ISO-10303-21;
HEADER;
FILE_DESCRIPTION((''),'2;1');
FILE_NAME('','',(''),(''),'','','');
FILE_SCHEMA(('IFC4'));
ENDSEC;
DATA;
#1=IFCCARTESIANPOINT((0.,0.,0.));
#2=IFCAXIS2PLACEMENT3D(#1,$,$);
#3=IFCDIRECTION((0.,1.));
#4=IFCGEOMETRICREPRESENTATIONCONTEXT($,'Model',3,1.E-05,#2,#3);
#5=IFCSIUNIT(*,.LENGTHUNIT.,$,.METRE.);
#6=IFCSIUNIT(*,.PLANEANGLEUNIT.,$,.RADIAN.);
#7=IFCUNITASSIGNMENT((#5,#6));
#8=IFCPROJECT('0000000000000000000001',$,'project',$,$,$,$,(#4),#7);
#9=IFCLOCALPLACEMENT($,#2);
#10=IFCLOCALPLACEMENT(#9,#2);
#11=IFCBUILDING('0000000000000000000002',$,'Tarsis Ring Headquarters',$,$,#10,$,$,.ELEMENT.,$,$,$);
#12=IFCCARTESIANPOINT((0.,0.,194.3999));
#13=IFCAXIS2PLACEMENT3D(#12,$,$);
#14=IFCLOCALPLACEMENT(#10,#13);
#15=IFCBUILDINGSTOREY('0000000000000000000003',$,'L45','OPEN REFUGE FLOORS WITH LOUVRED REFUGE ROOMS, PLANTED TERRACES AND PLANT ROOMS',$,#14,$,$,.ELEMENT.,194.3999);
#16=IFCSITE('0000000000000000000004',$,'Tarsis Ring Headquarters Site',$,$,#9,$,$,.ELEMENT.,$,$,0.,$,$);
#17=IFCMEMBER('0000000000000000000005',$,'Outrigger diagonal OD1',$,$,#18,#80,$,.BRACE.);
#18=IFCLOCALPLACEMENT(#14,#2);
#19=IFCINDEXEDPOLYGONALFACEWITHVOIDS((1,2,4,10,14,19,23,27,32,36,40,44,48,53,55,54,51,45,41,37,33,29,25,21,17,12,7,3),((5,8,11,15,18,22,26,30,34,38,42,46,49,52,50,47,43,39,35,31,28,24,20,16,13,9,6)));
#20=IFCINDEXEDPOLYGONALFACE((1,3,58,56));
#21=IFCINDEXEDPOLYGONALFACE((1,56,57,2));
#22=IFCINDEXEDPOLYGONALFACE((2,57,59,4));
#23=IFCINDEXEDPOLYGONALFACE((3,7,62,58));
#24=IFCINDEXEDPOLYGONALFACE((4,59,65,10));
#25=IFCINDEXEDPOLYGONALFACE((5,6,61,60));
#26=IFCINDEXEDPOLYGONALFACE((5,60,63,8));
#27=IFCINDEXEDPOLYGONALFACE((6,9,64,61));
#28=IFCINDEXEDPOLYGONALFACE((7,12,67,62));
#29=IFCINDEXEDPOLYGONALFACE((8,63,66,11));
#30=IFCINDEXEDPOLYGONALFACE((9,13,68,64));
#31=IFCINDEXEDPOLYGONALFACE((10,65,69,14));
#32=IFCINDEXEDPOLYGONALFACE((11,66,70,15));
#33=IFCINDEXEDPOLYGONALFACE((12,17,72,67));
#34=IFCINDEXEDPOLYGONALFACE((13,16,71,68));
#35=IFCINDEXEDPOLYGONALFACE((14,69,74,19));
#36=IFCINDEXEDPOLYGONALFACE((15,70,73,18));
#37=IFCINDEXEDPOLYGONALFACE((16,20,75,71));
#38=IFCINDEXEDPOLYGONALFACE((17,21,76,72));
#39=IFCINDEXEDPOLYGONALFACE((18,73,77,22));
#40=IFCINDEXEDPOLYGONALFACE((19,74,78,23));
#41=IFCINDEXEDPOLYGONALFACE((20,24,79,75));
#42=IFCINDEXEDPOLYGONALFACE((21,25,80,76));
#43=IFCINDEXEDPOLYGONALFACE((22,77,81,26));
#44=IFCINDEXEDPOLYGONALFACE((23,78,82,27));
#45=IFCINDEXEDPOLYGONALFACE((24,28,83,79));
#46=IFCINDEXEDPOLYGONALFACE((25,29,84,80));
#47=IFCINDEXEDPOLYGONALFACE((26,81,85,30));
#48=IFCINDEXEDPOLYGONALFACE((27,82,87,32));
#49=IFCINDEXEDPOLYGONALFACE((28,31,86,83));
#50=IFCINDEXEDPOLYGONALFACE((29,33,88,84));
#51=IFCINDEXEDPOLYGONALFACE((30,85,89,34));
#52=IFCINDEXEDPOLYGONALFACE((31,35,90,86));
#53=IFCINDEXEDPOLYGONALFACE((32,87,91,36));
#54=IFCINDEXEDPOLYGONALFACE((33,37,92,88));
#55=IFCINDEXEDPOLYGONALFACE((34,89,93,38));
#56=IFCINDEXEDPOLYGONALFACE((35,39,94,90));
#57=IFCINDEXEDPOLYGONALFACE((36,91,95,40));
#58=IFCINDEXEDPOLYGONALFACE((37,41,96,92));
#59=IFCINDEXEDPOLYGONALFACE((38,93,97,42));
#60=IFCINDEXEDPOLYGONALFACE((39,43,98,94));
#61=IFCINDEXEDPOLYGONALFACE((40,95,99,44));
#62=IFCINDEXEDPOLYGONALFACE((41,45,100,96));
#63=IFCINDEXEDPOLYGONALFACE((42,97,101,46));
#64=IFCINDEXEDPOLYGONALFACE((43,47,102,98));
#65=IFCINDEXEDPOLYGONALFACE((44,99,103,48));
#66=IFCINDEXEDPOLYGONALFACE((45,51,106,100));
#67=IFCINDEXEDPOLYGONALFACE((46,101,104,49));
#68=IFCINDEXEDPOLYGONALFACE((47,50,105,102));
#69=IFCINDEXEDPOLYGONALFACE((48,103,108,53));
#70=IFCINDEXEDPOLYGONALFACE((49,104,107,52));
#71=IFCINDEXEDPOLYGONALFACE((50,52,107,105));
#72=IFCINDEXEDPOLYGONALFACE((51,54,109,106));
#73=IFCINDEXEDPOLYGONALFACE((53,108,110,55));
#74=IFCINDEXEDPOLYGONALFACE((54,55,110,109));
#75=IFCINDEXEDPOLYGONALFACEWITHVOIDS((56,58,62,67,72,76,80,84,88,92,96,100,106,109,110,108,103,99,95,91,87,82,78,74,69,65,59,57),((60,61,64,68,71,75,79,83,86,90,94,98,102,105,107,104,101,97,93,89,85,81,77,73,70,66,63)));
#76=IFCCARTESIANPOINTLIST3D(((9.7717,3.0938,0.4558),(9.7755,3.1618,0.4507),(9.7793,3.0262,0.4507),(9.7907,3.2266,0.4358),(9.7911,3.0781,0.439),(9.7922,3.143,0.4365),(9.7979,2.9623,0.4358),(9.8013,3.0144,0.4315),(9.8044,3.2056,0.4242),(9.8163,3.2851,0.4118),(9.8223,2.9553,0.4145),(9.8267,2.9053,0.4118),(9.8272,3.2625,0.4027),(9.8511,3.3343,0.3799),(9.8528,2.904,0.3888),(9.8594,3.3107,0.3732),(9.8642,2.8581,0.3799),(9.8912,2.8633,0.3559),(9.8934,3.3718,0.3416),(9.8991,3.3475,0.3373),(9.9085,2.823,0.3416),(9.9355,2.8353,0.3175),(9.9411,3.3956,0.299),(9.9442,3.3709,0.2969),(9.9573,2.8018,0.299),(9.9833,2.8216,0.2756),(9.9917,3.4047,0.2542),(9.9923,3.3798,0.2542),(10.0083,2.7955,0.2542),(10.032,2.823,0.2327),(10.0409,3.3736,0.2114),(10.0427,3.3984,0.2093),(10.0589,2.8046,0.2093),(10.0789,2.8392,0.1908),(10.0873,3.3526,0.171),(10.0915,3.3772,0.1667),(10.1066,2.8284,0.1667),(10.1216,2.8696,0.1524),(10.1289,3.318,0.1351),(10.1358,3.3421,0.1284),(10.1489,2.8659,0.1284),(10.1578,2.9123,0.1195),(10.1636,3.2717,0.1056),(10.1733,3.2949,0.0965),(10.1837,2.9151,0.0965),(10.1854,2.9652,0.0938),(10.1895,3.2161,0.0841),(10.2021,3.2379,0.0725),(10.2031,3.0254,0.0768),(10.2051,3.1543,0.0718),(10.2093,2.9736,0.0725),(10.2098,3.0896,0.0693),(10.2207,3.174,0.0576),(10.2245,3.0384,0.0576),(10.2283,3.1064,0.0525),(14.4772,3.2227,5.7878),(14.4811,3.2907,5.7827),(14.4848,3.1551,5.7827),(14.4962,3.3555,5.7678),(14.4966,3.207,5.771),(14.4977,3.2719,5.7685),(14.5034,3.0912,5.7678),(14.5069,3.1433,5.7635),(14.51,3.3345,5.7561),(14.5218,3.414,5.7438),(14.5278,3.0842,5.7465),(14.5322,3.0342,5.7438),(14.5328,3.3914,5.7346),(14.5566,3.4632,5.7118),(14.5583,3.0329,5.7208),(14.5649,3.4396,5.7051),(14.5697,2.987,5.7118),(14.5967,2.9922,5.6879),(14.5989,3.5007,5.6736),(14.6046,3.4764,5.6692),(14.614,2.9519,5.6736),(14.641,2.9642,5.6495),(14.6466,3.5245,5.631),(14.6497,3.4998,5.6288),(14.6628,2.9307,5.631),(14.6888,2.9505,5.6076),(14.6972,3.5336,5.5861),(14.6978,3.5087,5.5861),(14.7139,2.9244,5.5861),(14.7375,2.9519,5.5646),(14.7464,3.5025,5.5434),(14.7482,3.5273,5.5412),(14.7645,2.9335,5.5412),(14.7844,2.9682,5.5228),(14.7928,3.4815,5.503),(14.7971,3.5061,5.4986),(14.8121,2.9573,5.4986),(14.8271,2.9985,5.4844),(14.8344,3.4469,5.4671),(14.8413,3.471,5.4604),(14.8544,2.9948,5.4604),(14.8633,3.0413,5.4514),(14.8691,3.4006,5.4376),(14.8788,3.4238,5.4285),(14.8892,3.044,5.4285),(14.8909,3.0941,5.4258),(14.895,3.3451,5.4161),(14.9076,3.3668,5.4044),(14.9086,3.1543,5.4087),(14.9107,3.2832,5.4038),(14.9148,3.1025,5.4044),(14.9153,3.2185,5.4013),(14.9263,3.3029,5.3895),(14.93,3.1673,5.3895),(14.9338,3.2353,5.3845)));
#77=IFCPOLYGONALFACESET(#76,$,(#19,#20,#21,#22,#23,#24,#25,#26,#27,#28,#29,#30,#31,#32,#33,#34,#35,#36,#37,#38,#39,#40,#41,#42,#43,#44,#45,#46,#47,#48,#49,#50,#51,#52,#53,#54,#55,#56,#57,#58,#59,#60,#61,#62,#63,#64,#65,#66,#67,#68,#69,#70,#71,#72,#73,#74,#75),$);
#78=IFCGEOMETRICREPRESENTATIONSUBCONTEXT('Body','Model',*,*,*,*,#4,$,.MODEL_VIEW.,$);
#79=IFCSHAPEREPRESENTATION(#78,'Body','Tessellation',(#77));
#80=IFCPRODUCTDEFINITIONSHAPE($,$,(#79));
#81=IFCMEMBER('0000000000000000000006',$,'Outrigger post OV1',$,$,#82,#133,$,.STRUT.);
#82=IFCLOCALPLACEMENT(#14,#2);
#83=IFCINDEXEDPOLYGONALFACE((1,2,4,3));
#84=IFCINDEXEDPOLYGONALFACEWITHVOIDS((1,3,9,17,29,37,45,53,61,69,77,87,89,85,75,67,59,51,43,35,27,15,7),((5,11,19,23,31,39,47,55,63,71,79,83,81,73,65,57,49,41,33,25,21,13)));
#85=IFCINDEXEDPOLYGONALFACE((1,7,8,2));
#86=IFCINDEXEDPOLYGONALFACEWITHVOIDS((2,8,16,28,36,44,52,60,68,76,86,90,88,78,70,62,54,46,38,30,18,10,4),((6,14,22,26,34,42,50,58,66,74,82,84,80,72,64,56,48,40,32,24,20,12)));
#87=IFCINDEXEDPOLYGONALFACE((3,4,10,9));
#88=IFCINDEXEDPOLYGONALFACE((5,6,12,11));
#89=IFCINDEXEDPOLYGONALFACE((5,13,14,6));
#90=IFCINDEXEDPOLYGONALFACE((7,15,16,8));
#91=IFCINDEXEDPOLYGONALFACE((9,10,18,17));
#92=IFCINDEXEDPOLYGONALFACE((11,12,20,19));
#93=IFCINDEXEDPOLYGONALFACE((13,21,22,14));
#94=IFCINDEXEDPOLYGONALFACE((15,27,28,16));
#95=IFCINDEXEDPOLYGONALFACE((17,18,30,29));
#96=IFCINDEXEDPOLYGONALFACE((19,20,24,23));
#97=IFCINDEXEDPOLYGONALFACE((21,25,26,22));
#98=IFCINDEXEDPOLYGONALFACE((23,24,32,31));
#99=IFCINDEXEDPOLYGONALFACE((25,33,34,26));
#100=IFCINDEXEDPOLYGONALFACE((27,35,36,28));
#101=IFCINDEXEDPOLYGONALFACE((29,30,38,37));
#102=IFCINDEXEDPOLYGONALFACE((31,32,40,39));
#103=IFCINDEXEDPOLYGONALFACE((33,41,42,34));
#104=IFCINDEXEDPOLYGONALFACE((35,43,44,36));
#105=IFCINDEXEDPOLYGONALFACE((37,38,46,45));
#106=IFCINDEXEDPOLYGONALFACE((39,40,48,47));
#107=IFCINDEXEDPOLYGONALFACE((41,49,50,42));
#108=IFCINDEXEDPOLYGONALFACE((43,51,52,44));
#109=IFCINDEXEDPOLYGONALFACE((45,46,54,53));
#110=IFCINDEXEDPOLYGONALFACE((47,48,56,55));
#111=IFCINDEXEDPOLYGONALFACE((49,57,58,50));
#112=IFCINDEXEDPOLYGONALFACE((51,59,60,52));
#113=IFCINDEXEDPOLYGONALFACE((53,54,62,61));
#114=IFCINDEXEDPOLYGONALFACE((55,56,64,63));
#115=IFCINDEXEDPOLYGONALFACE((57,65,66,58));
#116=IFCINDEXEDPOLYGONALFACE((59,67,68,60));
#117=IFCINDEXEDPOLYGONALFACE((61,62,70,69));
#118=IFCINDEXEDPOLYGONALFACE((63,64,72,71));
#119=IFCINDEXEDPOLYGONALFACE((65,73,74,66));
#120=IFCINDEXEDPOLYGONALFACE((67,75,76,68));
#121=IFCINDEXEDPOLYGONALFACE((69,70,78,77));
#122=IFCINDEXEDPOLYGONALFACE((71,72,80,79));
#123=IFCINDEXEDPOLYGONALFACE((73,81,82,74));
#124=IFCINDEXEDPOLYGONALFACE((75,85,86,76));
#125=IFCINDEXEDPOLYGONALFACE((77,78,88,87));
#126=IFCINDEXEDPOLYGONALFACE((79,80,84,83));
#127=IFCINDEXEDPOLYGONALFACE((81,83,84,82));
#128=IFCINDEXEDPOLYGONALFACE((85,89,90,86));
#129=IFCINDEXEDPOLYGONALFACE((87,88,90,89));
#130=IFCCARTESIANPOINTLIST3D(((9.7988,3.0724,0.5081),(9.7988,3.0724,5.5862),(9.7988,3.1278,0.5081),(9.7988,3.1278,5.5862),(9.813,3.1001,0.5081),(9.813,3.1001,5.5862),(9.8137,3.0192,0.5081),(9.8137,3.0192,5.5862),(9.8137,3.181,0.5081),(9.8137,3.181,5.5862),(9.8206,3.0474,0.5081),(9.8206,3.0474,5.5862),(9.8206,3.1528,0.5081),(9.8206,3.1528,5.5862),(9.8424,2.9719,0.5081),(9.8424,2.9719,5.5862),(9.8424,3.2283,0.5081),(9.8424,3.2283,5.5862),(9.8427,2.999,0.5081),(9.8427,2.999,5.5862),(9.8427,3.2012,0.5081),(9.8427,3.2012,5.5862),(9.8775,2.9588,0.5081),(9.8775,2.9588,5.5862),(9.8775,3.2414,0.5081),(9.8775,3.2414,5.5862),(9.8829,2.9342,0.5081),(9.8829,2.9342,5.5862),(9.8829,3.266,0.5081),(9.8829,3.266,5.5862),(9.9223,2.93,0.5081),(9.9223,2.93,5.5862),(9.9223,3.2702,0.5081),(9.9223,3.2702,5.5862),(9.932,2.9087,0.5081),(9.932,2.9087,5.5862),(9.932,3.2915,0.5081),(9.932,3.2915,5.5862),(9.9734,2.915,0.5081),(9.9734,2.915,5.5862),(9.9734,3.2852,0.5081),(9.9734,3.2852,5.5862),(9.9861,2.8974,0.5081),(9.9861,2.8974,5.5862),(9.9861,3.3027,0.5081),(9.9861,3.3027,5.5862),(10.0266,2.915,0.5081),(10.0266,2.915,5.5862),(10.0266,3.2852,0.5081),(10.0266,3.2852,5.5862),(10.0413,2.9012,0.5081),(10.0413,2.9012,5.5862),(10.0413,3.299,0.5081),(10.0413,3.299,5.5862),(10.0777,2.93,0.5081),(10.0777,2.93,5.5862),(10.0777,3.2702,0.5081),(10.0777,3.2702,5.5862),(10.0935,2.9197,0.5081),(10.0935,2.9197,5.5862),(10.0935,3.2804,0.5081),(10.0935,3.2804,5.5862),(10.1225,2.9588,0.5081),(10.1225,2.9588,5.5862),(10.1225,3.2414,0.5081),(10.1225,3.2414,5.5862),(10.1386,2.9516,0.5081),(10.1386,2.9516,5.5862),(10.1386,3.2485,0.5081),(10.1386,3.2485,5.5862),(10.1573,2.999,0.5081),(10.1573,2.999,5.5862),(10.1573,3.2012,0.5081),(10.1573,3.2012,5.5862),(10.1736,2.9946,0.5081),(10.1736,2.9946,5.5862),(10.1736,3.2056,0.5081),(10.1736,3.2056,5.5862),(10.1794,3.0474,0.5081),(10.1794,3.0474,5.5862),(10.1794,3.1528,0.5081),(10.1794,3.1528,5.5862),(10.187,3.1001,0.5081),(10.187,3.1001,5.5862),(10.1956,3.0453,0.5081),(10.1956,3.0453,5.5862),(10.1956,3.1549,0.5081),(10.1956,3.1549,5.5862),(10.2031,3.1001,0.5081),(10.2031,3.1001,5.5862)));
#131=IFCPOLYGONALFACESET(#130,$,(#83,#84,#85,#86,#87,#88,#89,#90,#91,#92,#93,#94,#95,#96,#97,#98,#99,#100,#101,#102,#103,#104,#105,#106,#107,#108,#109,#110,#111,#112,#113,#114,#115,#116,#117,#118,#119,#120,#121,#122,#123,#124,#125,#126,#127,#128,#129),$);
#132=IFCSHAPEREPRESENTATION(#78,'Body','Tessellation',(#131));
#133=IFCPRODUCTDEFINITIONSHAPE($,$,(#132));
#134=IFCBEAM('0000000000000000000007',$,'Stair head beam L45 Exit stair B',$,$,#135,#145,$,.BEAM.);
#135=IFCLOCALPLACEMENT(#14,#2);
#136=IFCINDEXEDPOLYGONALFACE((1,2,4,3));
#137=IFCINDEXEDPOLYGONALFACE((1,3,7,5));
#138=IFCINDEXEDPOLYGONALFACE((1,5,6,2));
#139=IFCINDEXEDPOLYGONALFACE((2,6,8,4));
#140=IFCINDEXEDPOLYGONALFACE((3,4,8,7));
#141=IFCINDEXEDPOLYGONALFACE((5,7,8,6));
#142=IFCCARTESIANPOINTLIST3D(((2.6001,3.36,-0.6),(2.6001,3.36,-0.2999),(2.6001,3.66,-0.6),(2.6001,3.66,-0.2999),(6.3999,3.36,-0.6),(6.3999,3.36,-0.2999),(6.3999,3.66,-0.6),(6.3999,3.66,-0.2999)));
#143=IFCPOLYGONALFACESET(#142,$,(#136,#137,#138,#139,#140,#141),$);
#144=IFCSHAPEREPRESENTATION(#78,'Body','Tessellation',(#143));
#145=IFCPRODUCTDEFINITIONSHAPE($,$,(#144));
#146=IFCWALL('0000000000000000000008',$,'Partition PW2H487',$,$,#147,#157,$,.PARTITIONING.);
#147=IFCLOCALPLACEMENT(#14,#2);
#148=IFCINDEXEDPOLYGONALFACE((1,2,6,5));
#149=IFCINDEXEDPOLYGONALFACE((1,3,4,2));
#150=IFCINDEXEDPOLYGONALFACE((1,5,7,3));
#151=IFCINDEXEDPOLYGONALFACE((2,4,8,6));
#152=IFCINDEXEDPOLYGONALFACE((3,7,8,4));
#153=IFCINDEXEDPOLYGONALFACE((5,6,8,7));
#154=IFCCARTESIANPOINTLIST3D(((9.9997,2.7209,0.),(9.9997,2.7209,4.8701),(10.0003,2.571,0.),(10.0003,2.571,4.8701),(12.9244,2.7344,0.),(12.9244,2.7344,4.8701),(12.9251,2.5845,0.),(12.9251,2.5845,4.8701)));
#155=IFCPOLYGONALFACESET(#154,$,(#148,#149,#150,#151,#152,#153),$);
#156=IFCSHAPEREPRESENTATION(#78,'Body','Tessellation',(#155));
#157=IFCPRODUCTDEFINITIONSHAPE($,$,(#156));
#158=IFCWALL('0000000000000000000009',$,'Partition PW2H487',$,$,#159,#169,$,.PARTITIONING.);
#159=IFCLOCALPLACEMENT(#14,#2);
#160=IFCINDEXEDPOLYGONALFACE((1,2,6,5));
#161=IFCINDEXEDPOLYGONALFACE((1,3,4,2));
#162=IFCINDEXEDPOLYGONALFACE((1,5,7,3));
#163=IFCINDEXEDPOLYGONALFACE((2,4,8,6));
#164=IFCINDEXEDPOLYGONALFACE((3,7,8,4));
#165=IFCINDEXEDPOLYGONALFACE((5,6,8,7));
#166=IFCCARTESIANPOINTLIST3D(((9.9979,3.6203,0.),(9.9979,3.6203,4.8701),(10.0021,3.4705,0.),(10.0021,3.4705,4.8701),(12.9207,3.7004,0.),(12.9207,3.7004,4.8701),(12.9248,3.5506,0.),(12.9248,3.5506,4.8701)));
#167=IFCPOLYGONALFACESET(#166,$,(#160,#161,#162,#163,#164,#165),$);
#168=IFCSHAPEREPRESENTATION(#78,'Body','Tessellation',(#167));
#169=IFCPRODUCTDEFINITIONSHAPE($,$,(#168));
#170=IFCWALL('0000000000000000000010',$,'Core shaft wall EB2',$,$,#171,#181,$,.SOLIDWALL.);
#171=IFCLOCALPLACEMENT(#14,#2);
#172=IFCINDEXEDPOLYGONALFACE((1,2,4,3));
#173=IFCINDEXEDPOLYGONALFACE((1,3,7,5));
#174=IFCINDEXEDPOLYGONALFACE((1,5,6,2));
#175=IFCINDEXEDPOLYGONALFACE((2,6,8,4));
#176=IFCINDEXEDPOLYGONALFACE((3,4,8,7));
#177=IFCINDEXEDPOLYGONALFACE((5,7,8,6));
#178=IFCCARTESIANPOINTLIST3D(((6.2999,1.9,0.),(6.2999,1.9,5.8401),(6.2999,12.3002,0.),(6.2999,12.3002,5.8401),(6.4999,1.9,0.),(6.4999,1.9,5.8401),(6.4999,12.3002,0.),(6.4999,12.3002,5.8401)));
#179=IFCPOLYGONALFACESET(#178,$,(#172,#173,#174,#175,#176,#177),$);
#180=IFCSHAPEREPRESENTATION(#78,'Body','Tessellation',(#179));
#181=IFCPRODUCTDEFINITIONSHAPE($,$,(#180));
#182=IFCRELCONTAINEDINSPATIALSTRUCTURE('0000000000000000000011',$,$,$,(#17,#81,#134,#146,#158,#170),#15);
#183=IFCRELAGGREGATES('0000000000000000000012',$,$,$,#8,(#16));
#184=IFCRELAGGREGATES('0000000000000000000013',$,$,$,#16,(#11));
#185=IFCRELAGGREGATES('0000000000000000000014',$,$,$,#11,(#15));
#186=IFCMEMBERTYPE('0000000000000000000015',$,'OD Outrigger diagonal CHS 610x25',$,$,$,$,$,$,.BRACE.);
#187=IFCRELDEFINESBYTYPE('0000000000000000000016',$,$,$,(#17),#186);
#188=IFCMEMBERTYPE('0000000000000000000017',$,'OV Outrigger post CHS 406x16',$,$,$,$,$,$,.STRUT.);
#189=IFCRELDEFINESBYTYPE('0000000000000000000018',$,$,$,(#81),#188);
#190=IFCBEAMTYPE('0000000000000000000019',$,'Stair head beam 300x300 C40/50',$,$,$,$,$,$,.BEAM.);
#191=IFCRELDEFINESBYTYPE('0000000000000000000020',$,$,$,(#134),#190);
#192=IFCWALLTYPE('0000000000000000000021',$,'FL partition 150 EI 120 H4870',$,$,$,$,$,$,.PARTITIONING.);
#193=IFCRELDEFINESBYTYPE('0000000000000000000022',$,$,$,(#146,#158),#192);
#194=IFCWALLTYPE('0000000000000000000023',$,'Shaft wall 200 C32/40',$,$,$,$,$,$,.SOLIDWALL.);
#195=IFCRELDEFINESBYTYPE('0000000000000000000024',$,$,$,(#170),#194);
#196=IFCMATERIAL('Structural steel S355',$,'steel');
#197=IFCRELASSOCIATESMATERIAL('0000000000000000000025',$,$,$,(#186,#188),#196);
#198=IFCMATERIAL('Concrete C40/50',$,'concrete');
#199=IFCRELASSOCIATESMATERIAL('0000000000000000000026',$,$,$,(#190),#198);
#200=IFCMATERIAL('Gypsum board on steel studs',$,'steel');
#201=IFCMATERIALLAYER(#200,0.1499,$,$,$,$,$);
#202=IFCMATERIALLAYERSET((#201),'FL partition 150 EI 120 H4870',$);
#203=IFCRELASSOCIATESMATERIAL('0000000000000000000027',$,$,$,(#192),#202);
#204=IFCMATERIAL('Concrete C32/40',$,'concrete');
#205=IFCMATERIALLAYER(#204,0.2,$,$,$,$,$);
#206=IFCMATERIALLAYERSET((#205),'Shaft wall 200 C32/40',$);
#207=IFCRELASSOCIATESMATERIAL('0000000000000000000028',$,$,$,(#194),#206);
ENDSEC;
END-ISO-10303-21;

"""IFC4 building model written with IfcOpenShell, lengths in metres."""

from ifc_helpers import new_model, si_unit, direction, frame, frame_2d, origin, origin_2d, place, context, subcontext, project, spatial, rectangle, hollow_circle, extrude, material, layer, layer_set, material_profile, profile_set, type_object, element, save


model = new_model("IFC4")

# Units and contexts
model_context = context("Model", 3, precision=1e-05, world=origin(), true_north=direction((0.0, 1.0)))
body_context = subcontext(model_context, "Body", "Model", "MODEL_VIEW")
ifc_project = project(units=[si_unit("LENGTHUNIT", "METRE"), si_unit("PLANEANGLEUNIT", "RADIAN")], contexts=[model_context])

# Site, building, storey
site_placement = place(None, origin())
site = spatial("IfcSite", under=ifc_project, at=site_placement, Name="Tarsis Ring Headquarters Site", CompositionType="ELEMENT", RefElevation=0.0)
building_placement = place(site_placement, origin())
building = spatial("IfcBuilding", under=site, at=building_placement, Name="Tarsis Ring Headquarters", CompositionType="ELEMENT")
storey_placement = place(building_placement, frame((0.0, 0.0, 194.3999)))
storey = spatial("IfcBuildingStorey", under=building, at=storey_placement, Name="L45", Description="OPEN REFUGE FLOORS WITH LOUVRED REFUGE ROOMS, PLANTED TERRACES AND PLANT ROOMS", CompositionType="ELEMENT", Elevation=194.3999)

# Shared definitions
ifc_material_1 = material(Name="Structural steel S355", Category="steel")

# Members
ifc_material_profile_1 = material_profile(ifc_material_1, hollow_circle(Radius=0.3047, WallThickness=0.0249, at=origin_2d()), Name="CHS 610x25")
ifc_profile_set_1 = profile_set([ifc_material_profile_1], Name="Structural steel S355")
member_type_1 = type_object("IfcMemberType", Name="OD Outrigger diagonal CHS 610x25", PredefinedType="BRACE", material=ifc_profile_set_1)
member_1_placement = place(storey_placement, frame((10.0, 3.1001, 0.2542), z_axis=(0.661579, 0.018124, 0.749657), x_axis=(-0.027384, 0.999625, 0.0)))
element("IfcMember", 1, at=member_1_placement, inside=storey, type_object=member_type_1, Name="Outrigger diagonal OD1", PredefinedType="BRACE", context=body_context, shape_type="SweptSolid", body=[
    extrude(hollow_circle(Radius=0.3047, WallThickness=0.0249, at=origin_2d()), origin(), (0.0, 0.0, 1.0), 7.1125),
])
ifc_material_profile_2 = material_profile(ifc_material_1, hollow_circle(Radius=0.2031, WallThickness=0.0161, at=origin_2d()), Name="CHS 406x16")
ifc_profile_set_2 = profile_set([ifc_material_profile_2], Name="Structural steel S355")
member_type_2 = type_object("IfcMemberType", Name="OV Outrigger post CHS 406x16", PredefinedType="STRUT", material=ifc_profile_set_2)
member_2_placement = place(storey_placement, frame((10.0, 3.1001, 0.5081), z_axis=(0.0, 0.0, 1.0), x_axis=(1.0, 0.0, 0.0)))
element("IfcMember", 2, at=member_2_placement, inside=storey, type_object=member_type_2, Name="Outrigger post OV1", PredefinedType="STRUT", context=body_context, shape_type="SweptSolid", body=[
    extrude(hollow_circle(Radius=0.2031, WallThickness=0.0161, at=origin_2d()), origin(), (0.0, 0.0, 1.0), 5.0781),
])

# Beam
ifc_material_2 = material(Name="Concrete C40/50", Category="concrete")
ifc_material_profile_3 = material_profile(ifc_material_2, rectangle(XDim=0.3, YDim=0.3, at=origin_2d()), Name="Stair head beam 300x300 C40/50")
ifc_profile_set_3 = profile_set([ifc_material_profile_3], Name="Concrete C40/50")
beam_type_1 = type_object("IfcBeamType", Name="Stair head beam 300x300 C40/50", PredefinedType="BEAM", material=ifc_profile_set_3)
beam_1_placement = place(storey_placement, frame((2.6001, 3.51, -0.45), z_axis=(1.0, 0.0, 0.0), x_axis=(0.0, 1.0, 0.0)))
element("IfcBeam", 3, at=beam_1_placement, inside=storey, type_object=beam_type_1, Name="Stair head beam L45 Exit stair B", PredefinedType="BEAM", context=body_context, shape_type="SweptSolid", body=[
    extrude(rectangle(XDim=0.3, YDim=0.3, at=origin_2d()), origin(), (0.0, 0.0, 1.0), 3.7998),
])

# Walls
ifc_material_3 = material(Name="Gypsum board on steel studs", Category="steel")
ifc_layer_1 = layer(ifc_material_3, 0.1499)
ifc_layer_set_1 = layer_set([ifc_layer_1], Name="FL partition 150 EI 120 H4870")
wall_type_1 = type_object("IfcWallType", Name="FL partition 150 EI 120 H4870", PredefinedType="PARTITIONING", material=ifc_layer_set_1)
wall_1_placement = place(storey_placement, frame((10.0, 2.646, 0.0), z_axis=(0.0, 0.0, 1.0), x_axis=(0.999989, 0.004591, 0.0)))
element("IfcWall", 4, at=wall_1_placement, inside=storey, type_object=wall_type_1, Name="Partition PW2H487", PredefinedType="PARTITIONING", context=body_context, shape_type="SweptSolid", body=[
    extrude(rectangle(XDim=2.9248, YDim=0.1499, at=frame_2d((1.4624, 0.0))), origin(), (0.0, 0.0, 1.0), 4.8701),
])
wall_2_placement = place(storey_placement, frame((10.0, 3.5454, 0.0), z_axis=(0.0, 0.0, 1.0), x_axis=(0.999625, 0.027387, 0.0)))
element("IfcWall", 5, at=wall_2_placement, inside=storey, type_object=wall_type_1, Name="Partition PW2H487", PredefinedType="PARTITIONING", context=body_context, shape_type="SweptSolid", body=[
    extrude(rectangle(XDim=2.9238, YDim=0.1499, at=frame_2d((1.4619, 0.0))), origin(), (0.0, 0.0, 1.0), 4.8701),
])
ifc_material_4 = material(Name="Concrete C32/40", Category="concrete")
ifc_layer_2 = layer(ifc_material_4, 0.2)
ifc_layer_set_2 = layer_set([ifc_layer_2], Name="Shaft wall 200 C32/40")
wall_type_2 = type_object("IfcWallType", Name="Shaft wall 200 C32/40", PredefinedType="SOLIDWALL", material=ifc_layer_set_2)
wall_3_placement = place(storey_placement, frame((6.3999, 1.8999, 0.0), z_axis=(0.0, 0.0, 1.0), x_axis=(0.0, 1.0, 0.0)))
element("IfcWall", 6, at=wall_3_placement, inside=storey, type_object=wall_type_2, Name="Core shaft wall EB2", PredefinedType="SOLIDWALL", context=body_context, shape_type="SweptSolid", body=[
    extrude(rectangle(XDim=10.4001, YDim=0.2, at=frame_2d((5.2002, 0.0))), origin(), (0.0, 0.0, 1.0), 5.8401),
])

save(model, "model.ifc")
